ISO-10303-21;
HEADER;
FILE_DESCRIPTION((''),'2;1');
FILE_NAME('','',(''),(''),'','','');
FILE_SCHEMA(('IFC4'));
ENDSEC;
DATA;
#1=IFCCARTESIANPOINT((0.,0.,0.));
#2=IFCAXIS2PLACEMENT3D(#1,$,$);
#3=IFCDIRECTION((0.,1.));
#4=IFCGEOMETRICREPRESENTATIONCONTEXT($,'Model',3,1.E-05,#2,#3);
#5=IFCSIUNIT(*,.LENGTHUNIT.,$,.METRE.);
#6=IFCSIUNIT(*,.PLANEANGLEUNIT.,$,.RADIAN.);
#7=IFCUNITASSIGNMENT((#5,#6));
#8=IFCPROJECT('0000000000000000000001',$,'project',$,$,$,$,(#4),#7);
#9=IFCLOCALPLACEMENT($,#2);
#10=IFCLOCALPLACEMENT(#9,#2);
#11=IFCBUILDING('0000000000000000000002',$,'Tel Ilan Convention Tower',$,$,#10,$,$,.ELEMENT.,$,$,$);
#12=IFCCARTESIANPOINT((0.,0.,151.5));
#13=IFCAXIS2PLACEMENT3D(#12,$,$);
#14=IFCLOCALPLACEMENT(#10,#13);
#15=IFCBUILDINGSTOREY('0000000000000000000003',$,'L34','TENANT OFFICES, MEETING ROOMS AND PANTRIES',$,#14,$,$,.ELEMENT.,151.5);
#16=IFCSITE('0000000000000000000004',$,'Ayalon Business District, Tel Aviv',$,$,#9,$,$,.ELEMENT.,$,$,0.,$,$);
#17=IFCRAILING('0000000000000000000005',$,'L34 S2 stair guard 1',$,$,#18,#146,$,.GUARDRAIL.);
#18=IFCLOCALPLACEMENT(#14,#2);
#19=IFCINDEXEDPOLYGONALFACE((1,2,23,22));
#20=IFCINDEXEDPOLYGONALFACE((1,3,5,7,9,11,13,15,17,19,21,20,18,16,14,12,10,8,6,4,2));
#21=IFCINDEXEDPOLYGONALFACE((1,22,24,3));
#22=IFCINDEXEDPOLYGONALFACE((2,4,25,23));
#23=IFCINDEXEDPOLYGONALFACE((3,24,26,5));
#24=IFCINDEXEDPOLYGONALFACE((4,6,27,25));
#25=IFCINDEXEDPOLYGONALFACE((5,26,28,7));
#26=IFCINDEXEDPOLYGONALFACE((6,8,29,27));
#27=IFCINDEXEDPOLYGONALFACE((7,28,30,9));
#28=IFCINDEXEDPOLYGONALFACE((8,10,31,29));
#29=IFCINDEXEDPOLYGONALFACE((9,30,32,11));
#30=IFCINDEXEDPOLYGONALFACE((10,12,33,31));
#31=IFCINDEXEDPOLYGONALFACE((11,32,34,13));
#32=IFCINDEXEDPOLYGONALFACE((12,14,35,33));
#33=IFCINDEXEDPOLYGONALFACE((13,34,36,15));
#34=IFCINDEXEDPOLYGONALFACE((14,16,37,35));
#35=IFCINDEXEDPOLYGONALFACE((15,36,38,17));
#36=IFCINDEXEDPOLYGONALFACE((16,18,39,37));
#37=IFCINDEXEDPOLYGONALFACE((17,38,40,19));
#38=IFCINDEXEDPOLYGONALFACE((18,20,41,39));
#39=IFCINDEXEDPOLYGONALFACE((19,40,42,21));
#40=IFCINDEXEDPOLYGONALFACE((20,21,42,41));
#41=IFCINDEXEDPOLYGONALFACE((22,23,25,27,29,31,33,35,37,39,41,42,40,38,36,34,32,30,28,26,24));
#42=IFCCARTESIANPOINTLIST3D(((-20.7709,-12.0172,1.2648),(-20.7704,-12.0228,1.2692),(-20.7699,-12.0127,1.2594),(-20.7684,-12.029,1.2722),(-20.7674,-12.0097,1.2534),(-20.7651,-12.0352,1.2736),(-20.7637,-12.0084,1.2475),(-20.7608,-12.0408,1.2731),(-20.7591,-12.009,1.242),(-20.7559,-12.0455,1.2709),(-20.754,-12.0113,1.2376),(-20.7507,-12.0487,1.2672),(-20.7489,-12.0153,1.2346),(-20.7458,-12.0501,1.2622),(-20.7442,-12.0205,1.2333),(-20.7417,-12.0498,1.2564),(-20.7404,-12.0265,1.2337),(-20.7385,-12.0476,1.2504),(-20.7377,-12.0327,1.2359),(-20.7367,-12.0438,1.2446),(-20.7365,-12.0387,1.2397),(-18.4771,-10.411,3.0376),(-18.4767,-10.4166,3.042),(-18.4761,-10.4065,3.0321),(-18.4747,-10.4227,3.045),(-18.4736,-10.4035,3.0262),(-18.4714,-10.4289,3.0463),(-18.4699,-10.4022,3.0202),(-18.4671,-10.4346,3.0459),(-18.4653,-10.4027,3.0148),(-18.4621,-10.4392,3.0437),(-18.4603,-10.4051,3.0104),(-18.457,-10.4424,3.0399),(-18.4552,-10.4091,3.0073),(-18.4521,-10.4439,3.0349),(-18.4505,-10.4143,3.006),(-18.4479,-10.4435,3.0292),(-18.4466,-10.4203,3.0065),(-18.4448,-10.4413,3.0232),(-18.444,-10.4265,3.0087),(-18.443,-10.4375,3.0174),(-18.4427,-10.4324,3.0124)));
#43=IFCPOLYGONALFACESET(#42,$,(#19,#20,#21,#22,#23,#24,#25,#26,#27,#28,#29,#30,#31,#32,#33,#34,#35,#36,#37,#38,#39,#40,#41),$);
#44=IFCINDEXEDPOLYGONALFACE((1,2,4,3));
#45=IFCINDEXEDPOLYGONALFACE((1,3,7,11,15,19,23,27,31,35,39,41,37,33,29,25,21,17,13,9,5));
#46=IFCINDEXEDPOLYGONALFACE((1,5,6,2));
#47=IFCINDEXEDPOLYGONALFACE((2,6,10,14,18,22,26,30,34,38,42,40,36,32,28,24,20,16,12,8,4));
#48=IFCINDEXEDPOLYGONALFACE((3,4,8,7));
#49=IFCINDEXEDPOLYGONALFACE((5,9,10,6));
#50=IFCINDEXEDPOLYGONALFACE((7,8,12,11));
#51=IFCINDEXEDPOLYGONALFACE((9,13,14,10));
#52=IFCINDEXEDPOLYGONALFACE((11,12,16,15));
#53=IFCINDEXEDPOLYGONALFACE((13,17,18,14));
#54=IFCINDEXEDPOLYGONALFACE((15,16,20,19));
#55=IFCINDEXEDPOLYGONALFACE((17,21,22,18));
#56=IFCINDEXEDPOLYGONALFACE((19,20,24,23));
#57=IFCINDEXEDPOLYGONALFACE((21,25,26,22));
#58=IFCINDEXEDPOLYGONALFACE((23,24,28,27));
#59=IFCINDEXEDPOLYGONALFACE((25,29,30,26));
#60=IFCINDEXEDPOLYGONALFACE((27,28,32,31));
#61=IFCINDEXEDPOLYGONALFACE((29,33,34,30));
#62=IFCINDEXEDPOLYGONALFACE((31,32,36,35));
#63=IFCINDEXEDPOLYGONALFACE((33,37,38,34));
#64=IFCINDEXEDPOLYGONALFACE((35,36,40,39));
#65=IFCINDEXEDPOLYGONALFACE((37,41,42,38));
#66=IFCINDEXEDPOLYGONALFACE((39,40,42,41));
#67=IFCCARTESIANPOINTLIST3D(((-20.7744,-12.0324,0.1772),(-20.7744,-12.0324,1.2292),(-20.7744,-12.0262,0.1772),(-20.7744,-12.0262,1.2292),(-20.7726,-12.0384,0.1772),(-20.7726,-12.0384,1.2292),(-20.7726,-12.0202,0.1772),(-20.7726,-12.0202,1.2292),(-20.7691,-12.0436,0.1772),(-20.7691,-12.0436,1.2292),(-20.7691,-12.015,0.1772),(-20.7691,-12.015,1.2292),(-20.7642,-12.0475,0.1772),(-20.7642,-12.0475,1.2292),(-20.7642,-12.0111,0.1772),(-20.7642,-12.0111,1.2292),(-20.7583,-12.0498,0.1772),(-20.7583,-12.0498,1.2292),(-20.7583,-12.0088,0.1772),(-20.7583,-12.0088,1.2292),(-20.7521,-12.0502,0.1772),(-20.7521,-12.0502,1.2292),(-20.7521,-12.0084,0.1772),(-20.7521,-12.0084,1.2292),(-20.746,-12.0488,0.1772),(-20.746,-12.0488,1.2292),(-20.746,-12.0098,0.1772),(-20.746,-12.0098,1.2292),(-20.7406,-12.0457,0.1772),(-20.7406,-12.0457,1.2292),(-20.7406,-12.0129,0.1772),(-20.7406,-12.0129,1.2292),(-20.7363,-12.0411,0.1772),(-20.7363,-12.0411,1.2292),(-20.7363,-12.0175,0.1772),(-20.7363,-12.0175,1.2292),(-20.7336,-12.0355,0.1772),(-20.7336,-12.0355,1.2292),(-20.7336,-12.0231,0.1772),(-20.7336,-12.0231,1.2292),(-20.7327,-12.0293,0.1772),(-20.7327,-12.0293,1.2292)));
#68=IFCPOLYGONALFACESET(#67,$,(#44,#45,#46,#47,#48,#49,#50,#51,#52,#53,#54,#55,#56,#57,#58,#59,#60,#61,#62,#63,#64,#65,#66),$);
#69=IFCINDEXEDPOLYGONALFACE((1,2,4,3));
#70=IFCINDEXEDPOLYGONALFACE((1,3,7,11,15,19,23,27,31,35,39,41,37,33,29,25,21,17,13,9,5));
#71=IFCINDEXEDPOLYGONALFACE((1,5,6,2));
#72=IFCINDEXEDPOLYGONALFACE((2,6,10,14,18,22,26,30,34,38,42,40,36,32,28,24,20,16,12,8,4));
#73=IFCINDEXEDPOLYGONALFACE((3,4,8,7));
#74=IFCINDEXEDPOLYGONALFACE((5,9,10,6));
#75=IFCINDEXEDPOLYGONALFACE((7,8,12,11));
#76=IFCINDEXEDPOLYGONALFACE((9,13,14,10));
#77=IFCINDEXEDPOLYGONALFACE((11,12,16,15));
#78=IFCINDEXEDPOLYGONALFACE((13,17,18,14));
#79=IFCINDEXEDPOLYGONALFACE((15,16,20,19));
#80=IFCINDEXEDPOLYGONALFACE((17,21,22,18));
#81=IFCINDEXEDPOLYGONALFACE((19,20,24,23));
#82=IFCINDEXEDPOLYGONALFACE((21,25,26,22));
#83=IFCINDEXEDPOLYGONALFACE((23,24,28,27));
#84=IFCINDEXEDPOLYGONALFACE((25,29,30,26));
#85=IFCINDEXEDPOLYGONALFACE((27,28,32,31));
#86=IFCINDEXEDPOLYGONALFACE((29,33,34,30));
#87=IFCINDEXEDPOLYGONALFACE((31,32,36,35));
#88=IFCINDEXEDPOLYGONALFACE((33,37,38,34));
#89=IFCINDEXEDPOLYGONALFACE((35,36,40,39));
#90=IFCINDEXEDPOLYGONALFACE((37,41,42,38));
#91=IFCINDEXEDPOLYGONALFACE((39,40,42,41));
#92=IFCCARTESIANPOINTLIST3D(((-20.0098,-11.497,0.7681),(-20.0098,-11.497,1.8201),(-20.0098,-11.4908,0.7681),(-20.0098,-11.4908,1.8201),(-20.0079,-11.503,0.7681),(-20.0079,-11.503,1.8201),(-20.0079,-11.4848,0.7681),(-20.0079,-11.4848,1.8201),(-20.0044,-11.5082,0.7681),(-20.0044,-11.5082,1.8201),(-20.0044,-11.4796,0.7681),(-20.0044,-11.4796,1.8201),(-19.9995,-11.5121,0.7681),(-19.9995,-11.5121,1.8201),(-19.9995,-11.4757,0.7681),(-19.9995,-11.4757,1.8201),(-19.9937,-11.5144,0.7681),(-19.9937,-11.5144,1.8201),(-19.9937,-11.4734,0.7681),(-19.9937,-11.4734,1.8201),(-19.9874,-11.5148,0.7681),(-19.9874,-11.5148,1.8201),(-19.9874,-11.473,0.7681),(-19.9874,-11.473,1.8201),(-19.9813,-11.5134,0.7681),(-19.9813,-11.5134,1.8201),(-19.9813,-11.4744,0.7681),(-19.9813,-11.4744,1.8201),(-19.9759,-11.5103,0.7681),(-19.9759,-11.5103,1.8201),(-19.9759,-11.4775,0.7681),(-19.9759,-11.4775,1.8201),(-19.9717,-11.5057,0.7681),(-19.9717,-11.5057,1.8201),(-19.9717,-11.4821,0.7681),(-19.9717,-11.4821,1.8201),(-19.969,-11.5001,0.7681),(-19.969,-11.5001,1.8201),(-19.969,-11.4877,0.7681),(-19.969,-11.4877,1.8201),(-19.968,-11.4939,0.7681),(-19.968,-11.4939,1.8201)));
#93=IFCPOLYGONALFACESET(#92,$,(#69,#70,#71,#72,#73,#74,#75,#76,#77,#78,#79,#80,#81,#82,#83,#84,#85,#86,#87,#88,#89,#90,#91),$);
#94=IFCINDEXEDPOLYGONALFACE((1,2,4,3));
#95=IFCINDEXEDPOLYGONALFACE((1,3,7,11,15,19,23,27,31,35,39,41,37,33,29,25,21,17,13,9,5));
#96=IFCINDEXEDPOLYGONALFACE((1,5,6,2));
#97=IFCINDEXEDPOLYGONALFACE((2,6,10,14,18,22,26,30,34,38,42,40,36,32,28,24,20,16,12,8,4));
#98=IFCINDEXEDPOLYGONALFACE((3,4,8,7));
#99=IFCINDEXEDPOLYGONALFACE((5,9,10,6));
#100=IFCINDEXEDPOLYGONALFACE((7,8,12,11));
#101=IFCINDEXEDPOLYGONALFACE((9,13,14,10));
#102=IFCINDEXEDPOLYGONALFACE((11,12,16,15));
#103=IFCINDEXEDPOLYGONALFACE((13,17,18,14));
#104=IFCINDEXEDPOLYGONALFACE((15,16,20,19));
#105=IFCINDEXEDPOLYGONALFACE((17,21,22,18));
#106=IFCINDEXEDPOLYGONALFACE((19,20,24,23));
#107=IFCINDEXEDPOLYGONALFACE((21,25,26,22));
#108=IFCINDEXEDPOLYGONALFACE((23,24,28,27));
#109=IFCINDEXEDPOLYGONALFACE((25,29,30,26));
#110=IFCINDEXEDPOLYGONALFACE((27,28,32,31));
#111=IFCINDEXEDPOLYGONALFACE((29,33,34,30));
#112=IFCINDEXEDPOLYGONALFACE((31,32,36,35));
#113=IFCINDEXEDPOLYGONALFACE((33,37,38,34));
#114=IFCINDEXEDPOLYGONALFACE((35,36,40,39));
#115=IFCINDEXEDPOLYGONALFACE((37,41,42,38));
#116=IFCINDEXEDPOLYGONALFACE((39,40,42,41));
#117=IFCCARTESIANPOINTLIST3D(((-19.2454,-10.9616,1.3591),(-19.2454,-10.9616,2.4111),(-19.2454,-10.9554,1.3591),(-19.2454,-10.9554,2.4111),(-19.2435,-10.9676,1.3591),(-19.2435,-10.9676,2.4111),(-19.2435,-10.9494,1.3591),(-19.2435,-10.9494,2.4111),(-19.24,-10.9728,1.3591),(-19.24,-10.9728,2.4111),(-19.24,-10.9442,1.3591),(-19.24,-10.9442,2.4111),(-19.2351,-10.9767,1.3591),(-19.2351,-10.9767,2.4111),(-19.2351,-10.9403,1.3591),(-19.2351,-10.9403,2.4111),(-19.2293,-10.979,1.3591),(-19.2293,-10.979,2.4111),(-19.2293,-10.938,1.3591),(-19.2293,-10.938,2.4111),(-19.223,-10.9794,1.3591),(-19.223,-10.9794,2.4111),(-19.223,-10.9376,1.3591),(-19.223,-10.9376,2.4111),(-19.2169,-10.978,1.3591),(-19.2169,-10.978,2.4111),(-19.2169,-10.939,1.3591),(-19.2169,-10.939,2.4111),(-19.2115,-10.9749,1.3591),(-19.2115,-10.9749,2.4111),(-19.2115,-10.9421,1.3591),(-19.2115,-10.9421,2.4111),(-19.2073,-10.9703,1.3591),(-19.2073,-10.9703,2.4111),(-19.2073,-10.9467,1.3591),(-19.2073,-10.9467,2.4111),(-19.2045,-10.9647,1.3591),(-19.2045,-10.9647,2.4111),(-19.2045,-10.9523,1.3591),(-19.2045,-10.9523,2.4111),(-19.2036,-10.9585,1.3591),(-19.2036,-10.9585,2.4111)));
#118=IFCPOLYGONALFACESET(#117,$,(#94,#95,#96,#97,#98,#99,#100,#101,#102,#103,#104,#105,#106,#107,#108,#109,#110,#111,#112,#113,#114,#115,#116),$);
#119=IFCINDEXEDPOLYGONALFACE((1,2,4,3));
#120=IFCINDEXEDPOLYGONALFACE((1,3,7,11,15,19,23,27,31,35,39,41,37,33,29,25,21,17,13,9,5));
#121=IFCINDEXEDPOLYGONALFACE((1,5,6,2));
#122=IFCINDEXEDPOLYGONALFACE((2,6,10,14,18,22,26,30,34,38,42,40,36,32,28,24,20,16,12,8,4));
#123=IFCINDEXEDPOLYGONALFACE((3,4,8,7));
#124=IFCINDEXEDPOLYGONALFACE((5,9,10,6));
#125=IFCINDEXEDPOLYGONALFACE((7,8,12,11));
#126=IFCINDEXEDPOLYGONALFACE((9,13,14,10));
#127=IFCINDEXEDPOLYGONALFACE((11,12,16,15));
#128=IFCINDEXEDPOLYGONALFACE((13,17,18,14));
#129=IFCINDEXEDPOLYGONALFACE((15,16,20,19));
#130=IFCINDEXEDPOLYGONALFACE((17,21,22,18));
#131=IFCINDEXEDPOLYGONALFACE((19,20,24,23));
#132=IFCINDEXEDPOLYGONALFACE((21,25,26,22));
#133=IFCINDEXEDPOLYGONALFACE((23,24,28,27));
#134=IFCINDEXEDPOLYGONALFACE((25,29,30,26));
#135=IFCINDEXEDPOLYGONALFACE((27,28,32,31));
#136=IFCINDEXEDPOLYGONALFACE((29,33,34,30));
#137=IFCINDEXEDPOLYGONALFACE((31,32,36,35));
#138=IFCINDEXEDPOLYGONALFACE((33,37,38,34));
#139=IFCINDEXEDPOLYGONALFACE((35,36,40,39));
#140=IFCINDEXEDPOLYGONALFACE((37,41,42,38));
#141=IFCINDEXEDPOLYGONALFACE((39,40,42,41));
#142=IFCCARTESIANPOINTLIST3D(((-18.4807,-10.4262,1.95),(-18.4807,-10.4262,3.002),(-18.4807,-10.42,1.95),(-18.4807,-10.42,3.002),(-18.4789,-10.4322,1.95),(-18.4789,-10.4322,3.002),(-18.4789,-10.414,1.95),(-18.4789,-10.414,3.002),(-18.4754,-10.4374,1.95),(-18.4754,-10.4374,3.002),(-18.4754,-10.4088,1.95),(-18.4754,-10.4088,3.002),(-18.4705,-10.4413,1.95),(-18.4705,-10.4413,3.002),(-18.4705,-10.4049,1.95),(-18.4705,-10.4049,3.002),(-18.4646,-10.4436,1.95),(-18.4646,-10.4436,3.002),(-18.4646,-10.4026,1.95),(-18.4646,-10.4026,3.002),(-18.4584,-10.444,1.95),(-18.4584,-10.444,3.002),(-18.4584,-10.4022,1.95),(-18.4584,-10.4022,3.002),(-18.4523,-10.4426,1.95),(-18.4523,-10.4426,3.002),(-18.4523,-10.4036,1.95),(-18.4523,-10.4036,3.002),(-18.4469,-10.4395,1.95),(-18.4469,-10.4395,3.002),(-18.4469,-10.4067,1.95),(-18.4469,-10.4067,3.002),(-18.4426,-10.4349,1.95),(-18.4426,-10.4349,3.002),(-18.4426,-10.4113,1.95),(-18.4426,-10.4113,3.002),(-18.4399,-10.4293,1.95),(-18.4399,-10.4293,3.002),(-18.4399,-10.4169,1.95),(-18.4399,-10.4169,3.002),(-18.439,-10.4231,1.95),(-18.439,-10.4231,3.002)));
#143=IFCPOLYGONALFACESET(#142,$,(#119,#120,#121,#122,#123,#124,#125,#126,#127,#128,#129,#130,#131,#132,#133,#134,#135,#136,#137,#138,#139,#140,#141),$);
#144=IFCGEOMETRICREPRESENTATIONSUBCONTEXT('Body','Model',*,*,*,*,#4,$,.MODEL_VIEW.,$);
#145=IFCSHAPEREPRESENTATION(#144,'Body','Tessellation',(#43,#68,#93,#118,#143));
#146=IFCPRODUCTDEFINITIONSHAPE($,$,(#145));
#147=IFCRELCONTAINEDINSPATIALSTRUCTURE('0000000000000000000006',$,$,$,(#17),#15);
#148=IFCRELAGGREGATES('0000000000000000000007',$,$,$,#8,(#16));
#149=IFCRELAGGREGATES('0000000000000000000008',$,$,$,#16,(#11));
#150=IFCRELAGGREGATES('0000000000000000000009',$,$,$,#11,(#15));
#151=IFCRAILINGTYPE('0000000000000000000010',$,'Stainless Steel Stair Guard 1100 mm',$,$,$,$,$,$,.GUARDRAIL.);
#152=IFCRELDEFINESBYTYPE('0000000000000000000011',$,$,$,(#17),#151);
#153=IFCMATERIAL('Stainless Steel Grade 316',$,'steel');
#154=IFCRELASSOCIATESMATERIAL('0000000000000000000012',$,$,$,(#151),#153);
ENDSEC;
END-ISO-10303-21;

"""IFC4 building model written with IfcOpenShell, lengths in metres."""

from ifc_helpers import new_model, si_unit, direction, frame, origin, origin_2d, place, context, subcontext, project, spatial, circle, extrude, material, type_object, element, save


model = new_model("IFC4")

# Units and contexts
model_context = context("Model", 3, precision=1e-05, world=origin(), true_north=direction((0.0, 1.0)))
body_context = subcontext(model_context, "Body", "Model", "MODEL_VIEW")
ifc_project = project(units=[si_unit("LENGTHUNIT", "METRE"), si_unit("PLANEANGLEUNIT", "RADIAN")], contexts=[model_context])

# Site, building, storey
site_placement = place(None, origin())
site = spatial("IfcSite", under=ifc_project, at=site_placement, Name="Ayalon Business District, Tel Aviv", CompositionType="ELEMENT", RefElevation=0.0)
building_placement = place(site_placement, origin())
building = spatial("IfcBuilding", under=site, at=building_placement, Name="Tel Ilan Convention Tower", CompositionType="ELEMENT")
storey_placement = place(building_placement, frame((0.0, 0.0, 151.5)))
storey = spatial("IfcBuildingStorey", under=building, at=storey_placement, Name="L34", Description="TENANT OFFICES, MEETING ROOMS AND PANTRIES", CompositionType="ELEMENT", Elevation=151.5)

# Railing
ifc_material_1 = material(Name="Stainless Steel Grade 316", Category="steel")
railing_type_1 = type_object("IfcRailingType", Name="Stainless Steel Stair Guard 1100 mm", PredefinedType="GUARDRAIL", material=ifc_material_1)
railing_1_placement = place(storey_placement, frame((-20.7537, -12.0293, 0.1772)))
element("IfcRailing", 1, at=railing_1_placement, inside=storey, type_object=railing_type_1, Name="L34 S2 stair guard 1", PredefinedType="GUARDRAIL", context=body_context, shape_type="SweptSolid", body=[
    extrude(circle(Radius=0.0239, at=origin_2d()), frame((0.0, 0.0, 1.0762), z_axis=(0.692098, 0.484653, 0.534894), x_axis=(-0.573609, 0.81913, 0.0)), (0.0, 0.0, 1.0), 3.3142),
    extrude(circle(Radius=0.021, at=origin_2d()), origin(), (0.0, 0.0, 1.0), 1.052),
    extrude(circle(Radius=0.021, at=origin_2d()), frame((0.7646, 0.5354, 0.5908)), (0.0, 0.0, 1.0), 1.052),
    extrude(circle(Radius=0.021, at=origin_2d()), frame((1.5291, 1.0708, 1.1819)), (0.0, 0.0, 1.0), 1.052),
    extrude(circle(Radius=0.021, at=origin_2d()), frame((2.2937, 1.6062, 1.7727)), (0.0, 0.0, 1.0), 1.052),
])

save(model, "model.ifc")
